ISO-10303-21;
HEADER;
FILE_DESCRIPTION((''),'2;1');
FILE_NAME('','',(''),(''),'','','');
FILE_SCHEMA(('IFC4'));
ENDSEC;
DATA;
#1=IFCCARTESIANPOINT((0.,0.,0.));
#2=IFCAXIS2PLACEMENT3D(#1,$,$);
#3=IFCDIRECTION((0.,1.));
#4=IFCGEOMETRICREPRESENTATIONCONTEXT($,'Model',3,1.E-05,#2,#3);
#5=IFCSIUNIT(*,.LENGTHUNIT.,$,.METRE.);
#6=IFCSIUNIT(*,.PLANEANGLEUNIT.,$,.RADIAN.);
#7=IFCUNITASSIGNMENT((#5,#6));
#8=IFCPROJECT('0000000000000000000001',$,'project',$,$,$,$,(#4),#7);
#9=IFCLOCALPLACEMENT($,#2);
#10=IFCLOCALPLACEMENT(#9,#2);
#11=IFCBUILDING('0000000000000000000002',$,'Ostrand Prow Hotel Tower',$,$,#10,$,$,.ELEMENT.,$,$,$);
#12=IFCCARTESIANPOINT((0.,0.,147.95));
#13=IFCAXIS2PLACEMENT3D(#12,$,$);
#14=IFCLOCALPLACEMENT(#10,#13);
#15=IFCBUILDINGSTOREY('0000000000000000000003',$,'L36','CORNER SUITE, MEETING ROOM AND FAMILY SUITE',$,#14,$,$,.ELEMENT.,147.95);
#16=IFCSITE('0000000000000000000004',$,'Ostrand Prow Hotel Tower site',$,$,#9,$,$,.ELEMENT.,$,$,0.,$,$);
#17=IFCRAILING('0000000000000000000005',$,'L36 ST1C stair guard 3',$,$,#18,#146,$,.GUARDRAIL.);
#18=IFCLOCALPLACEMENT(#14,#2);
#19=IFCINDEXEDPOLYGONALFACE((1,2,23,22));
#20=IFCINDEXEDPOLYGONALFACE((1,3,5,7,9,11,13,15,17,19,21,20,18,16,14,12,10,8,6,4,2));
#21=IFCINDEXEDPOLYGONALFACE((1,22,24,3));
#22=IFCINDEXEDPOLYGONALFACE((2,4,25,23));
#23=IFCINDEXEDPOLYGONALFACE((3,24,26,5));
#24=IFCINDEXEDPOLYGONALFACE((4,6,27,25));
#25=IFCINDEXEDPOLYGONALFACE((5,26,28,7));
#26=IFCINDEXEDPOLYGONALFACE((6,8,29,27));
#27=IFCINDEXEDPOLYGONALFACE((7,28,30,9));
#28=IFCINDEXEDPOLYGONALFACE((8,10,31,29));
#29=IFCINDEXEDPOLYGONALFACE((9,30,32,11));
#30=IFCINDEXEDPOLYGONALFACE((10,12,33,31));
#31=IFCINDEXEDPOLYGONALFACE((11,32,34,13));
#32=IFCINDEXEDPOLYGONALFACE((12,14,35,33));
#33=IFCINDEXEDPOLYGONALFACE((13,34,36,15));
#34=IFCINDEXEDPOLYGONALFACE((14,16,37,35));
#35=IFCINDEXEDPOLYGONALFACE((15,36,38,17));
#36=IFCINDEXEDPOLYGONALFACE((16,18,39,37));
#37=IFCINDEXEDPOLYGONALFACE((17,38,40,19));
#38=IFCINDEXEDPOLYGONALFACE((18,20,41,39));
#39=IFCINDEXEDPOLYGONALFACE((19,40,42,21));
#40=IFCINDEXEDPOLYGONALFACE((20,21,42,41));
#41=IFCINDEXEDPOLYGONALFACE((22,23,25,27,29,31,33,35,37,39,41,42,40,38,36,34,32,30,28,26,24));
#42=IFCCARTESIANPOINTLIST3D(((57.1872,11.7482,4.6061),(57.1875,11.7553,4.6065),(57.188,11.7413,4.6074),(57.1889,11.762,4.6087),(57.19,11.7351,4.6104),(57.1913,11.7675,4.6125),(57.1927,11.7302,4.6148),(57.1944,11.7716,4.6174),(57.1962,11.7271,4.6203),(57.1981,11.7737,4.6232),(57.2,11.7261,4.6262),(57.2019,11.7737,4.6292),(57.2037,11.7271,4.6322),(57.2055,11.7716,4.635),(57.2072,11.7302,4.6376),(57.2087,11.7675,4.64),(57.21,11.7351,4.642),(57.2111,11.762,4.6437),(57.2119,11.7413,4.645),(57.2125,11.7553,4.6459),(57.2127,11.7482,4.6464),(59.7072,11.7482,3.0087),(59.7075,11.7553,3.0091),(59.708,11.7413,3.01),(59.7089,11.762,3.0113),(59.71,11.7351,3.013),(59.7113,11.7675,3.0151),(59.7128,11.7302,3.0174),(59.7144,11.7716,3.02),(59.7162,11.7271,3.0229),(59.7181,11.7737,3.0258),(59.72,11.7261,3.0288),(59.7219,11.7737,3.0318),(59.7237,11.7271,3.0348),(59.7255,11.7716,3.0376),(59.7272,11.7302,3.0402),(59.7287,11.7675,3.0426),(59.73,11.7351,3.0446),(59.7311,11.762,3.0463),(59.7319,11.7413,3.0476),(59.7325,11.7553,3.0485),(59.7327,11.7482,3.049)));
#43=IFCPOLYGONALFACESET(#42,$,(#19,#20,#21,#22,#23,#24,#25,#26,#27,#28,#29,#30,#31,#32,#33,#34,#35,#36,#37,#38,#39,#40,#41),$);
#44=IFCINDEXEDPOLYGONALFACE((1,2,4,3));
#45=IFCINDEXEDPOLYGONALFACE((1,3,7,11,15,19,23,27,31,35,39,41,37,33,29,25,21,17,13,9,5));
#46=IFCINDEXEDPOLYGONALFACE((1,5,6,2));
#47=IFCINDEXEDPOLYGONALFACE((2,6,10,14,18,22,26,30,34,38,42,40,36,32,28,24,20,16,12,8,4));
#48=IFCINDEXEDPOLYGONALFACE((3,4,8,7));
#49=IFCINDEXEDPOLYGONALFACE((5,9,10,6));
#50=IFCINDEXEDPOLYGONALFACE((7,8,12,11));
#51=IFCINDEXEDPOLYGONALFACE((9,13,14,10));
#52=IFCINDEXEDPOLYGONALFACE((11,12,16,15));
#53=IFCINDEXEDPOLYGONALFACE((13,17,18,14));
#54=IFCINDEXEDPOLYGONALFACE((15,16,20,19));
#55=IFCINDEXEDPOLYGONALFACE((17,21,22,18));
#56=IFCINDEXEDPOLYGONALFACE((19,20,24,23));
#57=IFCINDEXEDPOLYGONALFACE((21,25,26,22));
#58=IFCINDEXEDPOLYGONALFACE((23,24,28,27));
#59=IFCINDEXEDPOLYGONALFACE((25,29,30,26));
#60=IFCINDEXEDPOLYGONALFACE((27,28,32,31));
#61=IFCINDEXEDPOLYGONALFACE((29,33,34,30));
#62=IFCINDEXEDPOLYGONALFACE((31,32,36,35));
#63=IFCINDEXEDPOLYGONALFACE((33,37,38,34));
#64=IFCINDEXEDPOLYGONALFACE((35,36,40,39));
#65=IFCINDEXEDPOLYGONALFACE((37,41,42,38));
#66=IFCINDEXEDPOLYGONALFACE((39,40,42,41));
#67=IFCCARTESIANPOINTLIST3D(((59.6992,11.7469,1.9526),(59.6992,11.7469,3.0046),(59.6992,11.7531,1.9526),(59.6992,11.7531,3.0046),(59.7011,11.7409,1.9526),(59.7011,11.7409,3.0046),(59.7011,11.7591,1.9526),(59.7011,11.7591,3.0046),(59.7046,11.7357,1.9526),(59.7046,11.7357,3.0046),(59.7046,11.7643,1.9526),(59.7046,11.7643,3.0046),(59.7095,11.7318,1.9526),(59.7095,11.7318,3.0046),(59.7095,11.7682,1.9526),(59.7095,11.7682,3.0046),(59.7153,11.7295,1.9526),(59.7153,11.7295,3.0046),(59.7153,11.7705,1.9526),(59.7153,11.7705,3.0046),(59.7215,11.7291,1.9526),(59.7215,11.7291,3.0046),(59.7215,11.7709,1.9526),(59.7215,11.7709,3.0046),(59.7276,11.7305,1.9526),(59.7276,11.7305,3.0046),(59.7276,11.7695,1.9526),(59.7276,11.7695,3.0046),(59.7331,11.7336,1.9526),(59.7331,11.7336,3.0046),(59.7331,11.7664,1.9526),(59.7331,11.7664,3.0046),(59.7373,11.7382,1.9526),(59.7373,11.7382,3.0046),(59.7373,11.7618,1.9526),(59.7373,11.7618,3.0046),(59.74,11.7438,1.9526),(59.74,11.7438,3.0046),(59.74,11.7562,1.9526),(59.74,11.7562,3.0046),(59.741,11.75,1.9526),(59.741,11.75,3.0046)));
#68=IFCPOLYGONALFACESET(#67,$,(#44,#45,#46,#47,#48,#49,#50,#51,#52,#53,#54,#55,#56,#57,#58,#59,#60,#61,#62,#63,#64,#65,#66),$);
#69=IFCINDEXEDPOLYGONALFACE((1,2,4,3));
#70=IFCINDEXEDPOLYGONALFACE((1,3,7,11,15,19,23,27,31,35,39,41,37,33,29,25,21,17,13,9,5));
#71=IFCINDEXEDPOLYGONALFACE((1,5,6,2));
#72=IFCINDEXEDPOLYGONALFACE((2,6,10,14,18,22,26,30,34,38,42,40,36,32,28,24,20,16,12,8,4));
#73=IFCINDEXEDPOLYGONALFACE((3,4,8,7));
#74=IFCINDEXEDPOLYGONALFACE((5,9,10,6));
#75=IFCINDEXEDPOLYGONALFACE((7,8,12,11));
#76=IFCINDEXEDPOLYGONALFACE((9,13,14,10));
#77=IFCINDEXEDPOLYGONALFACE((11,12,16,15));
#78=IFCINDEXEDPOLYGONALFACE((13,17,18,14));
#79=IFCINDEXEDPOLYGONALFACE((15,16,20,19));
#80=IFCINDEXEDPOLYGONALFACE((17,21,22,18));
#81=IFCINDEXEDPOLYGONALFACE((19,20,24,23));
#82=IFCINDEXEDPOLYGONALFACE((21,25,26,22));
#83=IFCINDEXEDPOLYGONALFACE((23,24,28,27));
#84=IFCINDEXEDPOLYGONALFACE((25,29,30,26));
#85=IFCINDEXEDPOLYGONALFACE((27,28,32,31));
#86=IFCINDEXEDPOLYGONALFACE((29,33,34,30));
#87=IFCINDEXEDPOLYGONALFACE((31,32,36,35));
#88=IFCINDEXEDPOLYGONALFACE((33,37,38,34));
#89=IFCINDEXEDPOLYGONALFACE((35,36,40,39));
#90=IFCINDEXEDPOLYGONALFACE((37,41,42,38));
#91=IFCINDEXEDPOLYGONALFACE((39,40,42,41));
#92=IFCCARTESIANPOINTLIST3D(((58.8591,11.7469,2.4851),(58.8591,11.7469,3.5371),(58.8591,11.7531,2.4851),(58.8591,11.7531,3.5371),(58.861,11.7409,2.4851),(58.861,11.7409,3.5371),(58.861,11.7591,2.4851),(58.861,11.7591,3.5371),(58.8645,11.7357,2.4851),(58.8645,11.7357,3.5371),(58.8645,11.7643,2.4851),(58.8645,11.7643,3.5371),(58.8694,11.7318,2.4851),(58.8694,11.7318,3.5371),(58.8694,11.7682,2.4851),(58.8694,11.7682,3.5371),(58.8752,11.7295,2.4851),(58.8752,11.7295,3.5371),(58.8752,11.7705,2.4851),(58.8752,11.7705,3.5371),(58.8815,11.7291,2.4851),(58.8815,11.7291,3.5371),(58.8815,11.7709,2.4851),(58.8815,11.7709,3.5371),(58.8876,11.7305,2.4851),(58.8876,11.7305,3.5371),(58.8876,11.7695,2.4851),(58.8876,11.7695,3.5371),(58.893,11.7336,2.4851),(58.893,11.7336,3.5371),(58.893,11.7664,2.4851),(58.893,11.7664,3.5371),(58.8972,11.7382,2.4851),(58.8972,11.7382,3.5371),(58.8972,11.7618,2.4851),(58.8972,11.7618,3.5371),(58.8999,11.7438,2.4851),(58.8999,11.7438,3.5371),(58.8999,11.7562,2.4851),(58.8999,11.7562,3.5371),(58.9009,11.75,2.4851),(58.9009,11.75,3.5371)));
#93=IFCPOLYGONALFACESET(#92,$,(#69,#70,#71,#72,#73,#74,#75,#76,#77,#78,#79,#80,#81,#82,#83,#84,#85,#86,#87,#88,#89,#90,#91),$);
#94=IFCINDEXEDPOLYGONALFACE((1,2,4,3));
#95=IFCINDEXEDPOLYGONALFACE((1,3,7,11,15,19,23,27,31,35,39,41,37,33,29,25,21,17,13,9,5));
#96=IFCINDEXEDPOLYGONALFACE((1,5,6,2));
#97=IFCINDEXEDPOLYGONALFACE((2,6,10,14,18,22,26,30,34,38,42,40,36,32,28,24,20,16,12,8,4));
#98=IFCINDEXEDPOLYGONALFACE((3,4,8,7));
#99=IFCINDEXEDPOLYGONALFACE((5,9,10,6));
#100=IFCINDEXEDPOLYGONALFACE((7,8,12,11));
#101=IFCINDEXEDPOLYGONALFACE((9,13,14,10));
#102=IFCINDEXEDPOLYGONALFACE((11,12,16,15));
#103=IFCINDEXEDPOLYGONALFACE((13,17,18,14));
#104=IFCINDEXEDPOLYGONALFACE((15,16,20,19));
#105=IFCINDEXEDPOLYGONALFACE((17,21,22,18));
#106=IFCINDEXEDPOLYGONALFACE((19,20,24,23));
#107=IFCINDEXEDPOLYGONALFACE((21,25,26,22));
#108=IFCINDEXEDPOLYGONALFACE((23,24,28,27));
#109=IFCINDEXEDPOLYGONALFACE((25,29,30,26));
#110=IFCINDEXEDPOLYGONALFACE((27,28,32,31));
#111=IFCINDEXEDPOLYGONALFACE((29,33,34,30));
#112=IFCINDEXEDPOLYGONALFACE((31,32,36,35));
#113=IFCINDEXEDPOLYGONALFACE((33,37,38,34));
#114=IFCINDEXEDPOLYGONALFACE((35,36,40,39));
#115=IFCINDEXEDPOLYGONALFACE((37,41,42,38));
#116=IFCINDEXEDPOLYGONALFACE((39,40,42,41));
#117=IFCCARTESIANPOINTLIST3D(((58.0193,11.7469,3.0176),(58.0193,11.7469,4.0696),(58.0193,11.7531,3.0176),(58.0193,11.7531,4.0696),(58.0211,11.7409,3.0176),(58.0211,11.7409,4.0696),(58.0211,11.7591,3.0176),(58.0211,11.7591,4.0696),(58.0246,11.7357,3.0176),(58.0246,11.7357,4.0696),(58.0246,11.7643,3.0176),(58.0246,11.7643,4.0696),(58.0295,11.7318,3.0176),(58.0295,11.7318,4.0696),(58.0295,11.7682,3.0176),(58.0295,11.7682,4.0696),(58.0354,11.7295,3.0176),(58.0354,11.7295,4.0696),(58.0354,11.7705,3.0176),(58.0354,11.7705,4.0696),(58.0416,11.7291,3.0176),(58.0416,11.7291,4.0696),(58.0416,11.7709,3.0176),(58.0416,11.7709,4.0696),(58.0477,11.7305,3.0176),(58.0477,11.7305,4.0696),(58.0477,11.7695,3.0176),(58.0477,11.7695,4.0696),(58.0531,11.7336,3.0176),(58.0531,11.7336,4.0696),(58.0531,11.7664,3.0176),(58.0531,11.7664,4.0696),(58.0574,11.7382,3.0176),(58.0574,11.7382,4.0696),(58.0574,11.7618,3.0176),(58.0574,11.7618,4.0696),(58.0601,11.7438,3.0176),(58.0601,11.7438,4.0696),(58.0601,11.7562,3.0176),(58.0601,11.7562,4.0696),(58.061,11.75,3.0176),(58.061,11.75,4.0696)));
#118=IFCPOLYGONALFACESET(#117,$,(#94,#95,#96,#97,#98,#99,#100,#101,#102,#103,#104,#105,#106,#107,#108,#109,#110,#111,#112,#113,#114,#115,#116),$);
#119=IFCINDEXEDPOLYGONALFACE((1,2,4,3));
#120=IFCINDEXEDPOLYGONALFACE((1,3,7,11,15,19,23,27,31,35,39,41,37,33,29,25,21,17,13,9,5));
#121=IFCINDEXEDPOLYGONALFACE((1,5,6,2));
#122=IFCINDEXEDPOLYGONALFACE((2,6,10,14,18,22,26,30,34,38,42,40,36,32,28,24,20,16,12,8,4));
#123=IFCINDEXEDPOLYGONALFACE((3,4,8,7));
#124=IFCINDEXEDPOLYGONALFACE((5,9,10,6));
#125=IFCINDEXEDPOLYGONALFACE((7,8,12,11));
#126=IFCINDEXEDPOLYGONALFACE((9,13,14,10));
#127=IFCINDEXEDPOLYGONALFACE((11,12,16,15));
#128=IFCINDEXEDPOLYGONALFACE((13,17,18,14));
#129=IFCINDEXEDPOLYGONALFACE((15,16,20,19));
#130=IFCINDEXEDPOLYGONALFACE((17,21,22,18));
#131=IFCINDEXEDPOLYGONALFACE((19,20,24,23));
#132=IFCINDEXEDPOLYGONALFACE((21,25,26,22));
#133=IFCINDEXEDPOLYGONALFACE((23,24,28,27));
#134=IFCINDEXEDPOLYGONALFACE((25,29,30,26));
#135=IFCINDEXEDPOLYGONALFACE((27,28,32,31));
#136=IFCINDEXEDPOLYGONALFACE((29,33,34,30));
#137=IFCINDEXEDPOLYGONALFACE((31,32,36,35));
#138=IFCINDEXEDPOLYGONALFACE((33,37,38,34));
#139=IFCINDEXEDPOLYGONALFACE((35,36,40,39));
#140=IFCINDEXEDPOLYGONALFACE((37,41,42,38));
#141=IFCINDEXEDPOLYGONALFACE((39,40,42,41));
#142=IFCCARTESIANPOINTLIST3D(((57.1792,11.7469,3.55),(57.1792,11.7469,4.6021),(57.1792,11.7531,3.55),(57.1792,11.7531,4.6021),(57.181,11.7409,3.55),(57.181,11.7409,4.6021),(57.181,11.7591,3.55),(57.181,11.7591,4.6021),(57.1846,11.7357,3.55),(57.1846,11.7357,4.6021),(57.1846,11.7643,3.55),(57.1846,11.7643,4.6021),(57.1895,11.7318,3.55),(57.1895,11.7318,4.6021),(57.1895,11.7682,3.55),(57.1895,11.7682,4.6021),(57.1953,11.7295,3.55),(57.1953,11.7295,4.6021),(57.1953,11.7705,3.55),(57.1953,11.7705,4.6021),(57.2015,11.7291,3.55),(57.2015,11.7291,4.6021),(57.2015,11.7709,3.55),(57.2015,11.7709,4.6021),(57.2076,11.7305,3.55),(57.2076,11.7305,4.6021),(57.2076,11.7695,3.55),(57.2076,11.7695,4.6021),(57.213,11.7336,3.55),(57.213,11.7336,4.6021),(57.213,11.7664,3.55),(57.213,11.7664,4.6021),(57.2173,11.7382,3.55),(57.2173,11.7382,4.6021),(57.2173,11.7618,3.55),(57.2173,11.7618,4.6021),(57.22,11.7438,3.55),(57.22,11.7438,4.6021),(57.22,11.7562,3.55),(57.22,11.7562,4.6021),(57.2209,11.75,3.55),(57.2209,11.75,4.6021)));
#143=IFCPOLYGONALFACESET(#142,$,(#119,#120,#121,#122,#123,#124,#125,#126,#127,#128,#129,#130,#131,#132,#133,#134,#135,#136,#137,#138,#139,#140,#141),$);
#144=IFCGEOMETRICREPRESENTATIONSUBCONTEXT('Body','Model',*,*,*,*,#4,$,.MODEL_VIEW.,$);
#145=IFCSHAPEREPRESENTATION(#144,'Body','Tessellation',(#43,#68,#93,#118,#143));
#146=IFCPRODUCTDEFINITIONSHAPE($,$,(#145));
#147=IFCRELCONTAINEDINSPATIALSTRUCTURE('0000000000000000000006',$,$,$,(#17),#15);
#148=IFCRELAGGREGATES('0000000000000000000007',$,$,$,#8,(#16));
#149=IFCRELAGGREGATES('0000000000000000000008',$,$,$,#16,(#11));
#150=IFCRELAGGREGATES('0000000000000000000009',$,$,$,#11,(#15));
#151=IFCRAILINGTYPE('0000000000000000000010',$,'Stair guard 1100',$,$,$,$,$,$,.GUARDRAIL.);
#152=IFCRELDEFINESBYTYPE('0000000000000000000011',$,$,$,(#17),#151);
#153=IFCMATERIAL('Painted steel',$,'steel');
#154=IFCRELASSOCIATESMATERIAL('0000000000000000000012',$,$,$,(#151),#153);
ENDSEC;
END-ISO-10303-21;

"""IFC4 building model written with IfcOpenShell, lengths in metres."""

from ifc_helpers import new_model, si_unit, direction, frame, origin, origin_2d, place, context, subcontext, project, spatial, circle, extrude, material, type_object, element, save


model = new_model("IFC4")

# Units and contexts
model_context = context("Model", 3, precision=1e-05, world=origin(), true_north=direction((0.0, 1.0)))
body_context = subcontext(model_context, "Body", "Model", "MODEL_VIEW")
ifc_project = project(units=[si_unit("LENGTHUNIT", "METRE"), si_unit("PLANEANGLEUNIT", "RADIAN")], contexts=[model_context])

# Site, building, storey
site_placement = place(None, origin())
site = spatial("IfcSite", under=ifc_project, at=site_placement, Name="Ostrand Prow Hotel Tower site", CompositionType="ELEMENT", RefElevation=0.0)
building_placement = place(site_placement, origin())
building = spatial("IfcBuilding", under=site, at=building_placement, Name="Ostrand Prow Hotel Tower", CompositionType="ELEMENT")
storey_placement = place(building_placement, frame((0.0, 0.0, 147.95)))
storey = spatial("IfcBuildingStorey", under=building, at=storey_placement, Name="L36", Description="CORNER SUITE, MEETING ROOM AND FAMILY SUITE", CompositionType="ELEMENT", Elevation=147.95)

# Railing
ifc_material_1 = material(Name="Painted steel", Category="steel")
railing_type_1 = type_object("IfcRailingType", Name="Stair guard 1100", PredefinedType="GUARDRAIL", material=ifc_material_1)
railing_1_placement = place(storey_placement, frame((59.72, 11.75, 1.9526)))
element("IfcRailing", 1, at=railing_1_placement, inside=storey, type_object=railing_type_1, Name="L36 ST1C stair guard 3", PredefinedType="GUARDRAIL", context=body_context, shape_type="SweptSolid", body=[
    extrude(circle(Radius=0.0239, at=origin_2d()), frame((0.0, 0.0, 1.0762), z_axis=(-0.844607, 0.0, 0.535387), x_axis=(0.0, -1.0, 0.0)), (0.0, 0.0, 1.0), 2.9836),
    extrude(circle(Radius=0.021, at=origin_2d()), origin(), (0.0, 0.0, 1.0), 1.052),
    extrude(circle(Radius=0.021, at=origin_2d()), frame((-0.8401, 0.0, 0.5325)), (0.0, 0.0, 1.0), 1.052),
    extrude(circle(Radius=0.021, at=origin_2d()), frame((-1.6799, 0.0, 1.0649)), (0.0, 0.0, 1.0), 1.052),
    extrude(circle(Radius=0.021, at=origin_2d()), frame((-2.52, 0.0, 1.5974)), (0.0, 0.0, 1.0), 1.052),
])

save(model, "model.ifc")
